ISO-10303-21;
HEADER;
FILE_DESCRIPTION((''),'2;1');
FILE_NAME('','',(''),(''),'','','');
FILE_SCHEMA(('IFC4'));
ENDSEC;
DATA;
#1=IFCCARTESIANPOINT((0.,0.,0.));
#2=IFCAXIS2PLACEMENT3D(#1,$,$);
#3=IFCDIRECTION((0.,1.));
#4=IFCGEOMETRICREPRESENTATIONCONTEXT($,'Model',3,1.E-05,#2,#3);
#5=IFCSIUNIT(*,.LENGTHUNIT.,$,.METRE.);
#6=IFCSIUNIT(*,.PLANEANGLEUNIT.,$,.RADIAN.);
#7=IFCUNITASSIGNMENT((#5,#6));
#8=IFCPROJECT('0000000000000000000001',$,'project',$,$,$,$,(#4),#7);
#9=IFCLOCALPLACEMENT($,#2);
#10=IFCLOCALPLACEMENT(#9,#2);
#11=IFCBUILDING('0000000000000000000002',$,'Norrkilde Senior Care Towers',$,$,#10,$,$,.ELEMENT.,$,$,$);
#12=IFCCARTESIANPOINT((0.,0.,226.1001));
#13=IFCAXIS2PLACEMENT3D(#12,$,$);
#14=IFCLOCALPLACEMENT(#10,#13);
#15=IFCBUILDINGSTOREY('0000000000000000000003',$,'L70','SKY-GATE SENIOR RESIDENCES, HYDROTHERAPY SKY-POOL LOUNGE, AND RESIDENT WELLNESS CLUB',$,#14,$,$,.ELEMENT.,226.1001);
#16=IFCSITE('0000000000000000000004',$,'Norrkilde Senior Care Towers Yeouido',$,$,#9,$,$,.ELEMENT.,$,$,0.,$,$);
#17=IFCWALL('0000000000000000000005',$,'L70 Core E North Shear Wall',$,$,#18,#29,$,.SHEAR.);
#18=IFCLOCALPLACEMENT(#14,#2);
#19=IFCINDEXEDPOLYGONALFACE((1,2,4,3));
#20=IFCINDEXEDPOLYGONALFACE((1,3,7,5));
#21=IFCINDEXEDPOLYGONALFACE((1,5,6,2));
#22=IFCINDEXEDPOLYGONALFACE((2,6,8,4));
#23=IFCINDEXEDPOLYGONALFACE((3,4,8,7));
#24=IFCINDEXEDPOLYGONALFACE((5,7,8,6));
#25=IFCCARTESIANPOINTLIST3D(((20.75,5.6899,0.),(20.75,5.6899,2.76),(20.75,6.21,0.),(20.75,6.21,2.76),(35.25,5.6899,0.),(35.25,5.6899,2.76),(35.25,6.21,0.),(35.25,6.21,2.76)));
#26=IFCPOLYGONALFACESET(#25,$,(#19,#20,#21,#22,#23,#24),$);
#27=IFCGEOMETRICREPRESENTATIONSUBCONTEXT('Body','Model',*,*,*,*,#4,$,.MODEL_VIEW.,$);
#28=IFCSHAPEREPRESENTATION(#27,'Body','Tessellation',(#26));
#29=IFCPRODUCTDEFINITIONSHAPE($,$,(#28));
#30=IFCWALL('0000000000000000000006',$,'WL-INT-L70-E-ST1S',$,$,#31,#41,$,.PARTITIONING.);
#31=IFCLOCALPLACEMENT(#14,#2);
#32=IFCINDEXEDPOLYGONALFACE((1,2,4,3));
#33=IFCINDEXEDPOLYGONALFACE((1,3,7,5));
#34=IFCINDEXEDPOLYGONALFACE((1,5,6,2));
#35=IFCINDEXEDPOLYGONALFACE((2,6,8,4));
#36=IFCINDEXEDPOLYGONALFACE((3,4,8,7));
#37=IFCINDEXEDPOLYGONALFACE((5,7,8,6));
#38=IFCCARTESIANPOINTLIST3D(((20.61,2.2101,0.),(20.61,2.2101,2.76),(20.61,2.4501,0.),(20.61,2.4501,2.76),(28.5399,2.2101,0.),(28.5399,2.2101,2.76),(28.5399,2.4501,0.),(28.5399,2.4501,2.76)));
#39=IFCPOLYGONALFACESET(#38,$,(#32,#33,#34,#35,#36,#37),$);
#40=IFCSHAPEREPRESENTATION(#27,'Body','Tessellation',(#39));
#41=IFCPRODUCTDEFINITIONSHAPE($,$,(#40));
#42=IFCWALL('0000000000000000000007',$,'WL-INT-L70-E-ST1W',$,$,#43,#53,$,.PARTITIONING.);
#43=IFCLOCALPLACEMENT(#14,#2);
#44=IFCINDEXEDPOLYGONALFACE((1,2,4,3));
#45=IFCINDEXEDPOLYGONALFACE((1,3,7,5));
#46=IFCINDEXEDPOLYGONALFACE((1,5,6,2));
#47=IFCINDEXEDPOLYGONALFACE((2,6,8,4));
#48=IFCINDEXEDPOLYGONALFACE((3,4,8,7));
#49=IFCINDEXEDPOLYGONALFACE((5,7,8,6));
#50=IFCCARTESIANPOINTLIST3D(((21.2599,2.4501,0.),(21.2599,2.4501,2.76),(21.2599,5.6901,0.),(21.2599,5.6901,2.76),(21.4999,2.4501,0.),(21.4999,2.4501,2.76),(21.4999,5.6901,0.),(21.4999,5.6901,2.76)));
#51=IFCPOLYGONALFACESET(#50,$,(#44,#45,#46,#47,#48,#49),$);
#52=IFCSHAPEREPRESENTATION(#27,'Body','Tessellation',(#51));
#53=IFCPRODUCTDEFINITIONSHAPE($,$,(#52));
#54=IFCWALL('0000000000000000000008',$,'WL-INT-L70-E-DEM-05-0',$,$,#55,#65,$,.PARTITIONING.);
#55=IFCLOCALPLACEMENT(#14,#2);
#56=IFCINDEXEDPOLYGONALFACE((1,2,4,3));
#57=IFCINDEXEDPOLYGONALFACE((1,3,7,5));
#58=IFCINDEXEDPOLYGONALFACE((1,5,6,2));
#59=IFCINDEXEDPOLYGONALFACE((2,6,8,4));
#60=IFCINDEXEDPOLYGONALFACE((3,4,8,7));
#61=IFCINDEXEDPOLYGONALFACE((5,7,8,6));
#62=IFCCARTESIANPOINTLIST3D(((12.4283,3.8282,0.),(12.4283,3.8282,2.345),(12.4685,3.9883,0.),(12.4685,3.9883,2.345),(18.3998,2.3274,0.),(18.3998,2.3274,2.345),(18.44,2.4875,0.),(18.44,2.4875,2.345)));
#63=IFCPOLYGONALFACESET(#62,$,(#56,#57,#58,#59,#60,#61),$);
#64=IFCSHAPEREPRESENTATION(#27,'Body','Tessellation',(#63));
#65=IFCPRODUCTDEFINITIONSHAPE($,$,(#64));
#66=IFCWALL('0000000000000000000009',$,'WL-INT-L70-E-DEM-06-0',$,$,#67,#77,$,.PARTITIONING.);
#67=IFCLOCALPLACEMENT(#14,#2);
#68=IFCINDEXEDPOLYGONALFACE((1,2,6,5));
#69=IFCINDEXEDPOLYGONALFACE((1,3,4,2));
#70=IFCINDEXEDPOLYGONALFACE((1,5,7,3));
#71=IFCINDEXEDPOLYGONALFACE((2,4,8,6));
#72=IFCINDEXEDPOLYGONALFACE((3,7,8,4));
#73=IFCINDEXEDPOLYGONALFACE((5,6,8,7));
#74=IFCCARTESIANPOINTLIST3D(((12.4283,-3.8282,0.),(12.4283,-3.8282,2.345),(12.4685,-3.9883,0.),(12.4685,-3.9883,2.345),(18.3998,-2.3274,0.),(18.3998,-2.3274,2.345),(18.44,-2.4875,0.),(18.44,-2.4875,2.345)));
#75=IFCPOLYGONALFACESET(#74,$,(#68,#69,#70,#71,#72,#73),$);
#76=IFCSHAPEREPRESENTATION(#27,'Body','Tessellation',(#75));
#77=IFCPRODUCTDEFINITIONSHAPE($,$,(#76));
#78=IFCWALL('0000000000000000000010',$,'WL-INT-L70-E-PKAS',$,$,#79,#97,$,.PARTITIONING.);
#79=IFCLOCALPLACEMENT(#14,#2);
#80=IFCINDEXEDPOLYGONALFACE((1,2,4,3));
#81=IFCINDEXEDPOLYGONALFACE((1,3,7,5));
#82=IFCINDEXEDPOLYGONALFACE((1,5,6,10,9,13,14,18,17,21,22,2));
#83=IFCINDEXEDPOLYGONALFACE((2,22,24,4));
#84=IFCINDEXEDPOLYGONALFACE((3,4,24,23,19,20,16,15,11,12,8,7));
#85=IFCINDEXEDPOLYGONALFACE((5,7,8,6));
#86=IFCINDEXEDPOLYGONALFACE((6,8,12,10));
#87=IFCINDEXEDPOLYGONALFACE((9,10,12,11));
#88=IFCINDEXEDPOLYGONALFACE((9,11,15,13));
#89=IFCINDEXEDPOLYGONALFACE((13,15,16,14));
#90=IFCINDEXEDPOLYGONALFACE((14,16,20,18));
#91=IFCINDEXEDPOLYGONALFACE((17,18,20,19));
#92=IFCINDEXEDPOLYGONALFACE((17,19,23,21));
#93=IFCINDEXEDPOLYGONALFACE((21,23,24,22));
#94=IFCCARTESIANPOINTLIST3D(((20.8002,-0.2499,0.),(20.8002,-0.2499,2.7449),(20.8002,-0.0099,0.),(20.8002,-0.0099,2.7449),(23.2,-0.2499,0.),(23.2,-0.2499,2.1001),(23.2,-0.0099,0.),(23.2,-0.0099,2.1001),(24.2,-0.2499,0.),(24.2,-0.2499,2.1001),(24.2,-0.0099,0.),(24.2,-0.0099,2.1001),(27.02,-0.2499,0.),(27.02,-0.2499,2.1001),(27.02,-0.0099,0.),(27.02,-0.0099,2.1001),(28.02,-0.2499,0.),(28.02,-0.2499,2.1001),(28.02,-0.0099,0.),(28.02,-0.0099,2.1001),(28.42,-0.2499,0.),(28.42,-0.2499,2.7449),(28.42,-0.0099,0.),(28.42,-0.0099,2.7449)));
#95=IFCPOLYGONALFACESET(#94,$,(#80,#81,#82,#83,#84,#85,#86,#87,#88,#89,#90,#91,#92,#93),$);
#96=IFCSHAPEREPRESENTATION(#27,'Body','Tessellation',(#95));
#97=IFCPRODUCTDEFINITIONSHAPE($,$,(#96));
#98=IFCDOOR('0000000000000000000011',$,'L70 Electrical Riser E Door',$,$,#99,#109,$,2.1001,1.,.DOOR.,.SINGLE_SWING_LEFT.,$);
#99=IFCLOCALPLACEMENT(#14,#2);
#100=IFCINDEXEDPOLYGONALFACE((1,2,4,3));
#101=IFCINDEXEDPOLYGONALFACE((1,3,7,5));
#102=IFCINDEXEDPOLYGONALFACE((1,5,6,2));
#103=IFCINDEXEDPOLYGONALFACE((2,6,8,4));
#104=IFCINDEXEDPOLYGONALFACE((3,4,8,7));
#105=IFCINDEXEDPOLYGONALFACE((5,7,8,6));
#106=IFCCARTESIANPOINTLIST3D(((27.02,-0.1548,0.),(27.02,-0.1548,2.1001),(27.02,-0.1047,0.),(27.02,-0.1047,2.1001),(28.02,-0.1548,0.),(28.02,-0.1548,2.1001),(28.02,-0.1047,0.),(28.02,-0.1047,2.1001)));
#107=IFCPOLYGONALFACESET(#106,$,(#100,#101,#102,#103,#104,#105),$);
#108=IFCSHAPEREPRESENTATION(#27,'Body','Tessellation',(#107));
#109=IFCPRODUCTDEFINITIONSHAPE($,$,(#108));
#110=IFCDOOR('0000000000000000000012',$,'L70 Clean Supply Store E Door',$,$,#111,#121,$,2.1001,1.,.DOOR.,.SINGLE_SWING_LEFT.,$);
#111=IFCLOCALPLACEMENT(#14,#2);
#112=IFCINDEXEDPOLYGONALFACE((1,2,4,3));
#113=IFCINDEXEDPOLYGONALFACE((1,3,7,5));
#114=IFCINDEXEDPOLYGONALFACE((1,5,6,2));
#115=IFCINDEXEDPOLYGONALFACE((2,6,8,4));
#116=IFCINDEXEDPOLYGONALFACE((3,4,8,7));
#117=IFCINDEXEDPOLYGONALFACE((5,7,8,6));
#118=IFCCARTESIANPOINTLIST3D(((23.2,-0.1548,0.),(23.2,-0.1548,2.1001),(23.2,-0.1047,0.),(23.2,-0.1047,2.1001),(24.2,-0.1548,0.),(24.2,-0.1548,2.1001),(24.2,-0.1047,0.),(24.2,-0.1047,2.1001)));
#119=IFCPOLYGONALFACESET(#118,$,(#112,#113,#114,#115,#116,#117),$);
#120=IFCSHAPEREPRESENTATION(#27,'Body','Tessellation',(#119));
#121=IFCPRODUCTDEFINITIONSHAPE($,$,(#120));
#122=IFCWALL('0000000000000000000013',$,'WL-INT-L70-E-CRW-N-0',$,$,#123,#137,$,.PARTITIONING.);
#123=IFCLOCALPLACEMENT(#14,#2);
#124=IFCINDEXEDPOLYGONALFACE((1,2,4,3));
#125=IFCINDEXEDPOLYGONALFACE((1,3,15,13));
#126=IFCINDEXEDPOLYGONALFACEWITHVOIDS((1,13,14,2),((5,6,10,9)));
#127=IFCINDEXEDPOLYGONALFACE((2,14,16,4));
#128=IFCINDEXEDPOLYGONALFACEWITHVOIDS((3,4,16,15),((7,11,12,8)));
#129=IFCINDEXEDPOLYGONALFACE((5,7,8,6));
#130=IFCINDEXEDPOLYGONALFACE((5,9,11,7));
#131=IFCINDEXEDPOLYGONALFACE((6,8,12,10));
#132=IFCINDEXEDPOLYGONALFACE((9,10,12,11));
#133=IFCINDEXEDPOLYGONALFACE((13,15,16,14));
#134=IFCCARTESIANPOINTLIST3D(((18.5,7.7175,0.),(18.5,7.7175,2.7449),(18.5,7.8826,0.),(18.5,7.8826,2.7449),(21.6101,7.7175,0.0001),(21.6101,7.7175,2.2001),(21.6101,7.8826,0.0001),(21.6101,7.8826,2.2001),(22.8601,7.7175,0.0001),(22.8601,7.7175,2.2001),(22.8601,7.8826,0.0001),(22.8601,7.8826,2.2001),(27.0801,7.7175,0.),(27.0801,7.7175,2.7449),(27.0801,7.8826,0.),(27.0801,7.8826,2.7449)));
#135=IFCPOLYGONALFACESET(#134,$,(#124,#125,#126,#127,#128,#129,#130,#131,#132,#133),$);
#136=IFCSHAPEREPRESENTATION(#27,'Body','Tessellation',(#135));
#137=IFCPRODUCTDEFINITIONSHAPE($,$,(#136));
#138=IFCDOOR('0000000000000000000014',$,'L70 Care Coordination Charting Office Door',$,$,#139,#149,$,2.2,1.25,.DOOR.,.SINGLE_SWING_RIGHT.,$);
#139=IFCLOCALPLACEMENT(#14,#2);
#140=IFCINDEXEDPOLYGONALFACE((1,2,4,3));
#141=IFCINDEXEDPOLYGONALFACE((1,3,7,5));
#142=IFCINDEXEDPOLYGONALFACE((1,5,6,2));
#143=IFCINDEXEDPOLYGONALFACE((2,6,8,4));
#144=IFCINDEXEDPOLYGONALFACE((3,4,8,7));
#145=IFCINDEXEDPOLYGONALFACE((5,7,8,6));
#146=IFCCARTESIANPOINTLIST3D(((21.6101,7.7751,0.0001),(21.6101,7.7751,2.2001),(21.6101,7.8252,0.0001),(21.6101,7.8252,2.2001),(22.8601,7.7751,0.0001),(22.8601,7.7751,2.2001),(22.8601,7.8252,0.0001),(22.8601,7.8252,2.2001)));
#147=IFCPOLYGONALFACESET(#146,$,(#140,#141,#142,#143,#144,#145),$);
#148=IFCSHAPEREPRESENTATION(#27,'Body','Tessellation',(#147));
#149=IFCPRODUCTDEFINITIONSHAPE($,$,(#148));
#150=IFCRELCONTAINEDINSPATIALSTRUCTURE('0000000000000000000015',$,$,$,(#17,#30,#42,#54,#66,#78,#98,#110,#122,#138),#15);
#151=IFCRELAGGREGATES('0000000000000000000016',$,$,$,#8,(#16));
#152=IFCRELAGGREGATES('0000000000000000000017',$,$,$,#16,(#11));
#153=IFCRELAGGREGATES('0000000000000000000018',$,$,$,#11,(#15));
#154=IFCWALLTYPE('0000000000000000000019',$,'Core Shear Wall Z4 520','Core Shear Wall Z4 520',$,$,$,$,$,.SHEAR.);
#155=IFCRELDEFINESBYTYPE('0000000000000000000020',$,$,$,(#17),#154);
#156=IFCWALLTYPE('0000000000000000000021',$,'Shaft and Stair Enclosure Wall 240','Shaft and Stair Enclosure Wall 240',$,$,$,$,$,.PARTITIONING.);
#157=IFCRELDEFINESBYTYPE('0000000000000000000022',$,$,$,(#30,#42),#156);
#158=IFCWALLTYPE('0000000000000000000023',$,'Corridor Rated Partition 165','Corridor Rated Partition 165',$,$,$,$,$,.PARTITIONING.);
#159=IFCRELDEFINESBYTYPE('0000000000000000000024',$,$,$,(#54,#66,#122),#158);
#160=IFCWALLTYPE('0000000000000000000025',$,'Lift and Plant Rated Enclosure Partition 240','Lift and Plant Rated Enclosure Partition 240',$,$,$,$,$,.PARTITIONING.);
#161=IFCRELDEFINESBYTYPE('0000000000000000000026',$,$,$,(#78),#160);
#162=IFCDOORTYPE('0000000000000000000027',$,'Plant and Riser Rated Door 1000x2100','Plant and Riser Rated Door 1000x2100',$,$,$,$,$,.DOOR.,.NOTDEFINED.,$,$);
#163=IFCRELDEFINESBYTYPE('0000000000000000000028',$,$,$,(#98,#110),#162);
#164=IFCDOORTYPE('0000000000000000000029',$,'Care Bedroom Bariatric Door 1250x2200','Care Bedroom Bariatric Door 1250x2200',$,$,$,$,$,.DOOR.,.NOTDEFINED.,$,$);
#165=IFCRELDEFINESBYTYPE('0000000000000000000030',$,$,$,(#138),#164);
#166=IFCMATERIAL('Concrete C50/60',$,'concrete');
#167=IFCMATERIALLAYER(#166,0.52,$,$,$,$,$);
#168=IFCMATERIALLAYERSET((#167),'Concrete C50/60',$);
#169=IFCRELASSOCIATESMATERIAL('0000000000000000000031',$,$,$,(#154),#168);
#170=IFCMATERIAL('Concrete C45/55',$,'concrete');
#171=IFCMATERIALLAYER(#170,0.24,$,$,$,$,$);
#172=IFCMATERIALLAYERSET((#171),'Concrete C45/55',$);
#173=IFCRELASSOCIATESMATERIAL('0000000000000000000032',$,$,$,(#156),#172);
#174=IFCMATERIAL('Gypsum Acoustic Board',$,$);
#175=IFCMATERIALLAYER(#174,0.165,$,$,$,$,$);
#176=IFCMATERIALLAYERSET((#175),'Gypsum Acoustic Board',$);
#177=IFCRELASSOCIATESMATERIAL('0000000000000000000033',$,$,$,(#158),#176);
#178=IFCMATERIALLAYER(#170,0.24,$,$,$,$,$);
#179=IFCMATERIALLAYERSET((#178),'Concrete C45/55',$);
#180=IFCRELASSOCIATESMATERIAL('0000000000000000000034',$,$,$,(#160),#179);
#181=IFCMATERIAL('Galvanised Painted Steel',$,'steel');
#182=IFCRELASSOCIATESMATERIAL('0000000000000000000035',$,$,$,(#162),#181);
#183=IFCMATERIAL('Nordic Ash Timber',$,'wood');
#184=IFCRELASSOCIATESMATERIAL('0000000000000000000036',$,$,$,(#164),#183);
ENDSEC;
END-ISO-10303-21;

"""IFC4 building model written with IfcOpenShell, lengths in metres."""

from ifc_helpers import new_model, si_unit, direction, frame, frame_2d, origin, place, context, subcontext, project, spatial, rectangle, extrude, source, transform, mapped, material, layer, layer_set, type_object, type_shapes, element, fill, save


model = new_model("IFC4")

# Units and contexts
model_context = context("Model", 3, precision=1e-05, world=origin(), true_north=direction((0.0, 1.0)))
body_context = subcontext(model_context, "Body", "Model", "MODEL_VIEW")
ifc_project = project(units=[si_unit("LENGTHUNIT", "METRE"), si_unit("PLANEANGLEUNIT", "RADIAN")], contexts=[model_context])

# Site, building, storey
site_placement = place(None, origin())
site = spatial("IfcSite", under=ifc_project, at=site_placement, Name="Norrkilde Senior Care Towers Yeouido", CompositionType="ELEMENT", RefElevation=0.0)
building_placement = place(site_placement, origin())
building = spatial("IfcBuilding", under=site, at=building_placement, Name="Norrkilde Senior Care Towers", CompositionType="ELEMENT")
storey_placement = place(building_placement, frame((0.0, 0.0, 226.1001)))
storey = spatial("IfcBuildingStorey", under=building, at=storey_placement, Name="L70", Description="SKY-GATE SENIOR RESIDENCES, HYDROTHERAPY SKY-POOL LOUNGE, AND RESIDENT WELLNESS CLUB", CompositionType="ELEMENT", Elevation=226.1001)

# Shared definitions
ifc_material_1 = material(Name="Concrete C50/60", Category="concrete")

# Walls
ifc_layer_1 = layer(ifc_material_1, 0.52)
ifc_layer_set_1 = layer_set([ifc_layer_1], Name="Concrete C50/60")
wall_type_1 = type_object("IfcWallType", Name="Core Shear Wall Z4 520", Description="Core Shear Wall Z4 520", PredefinedType="SHEAR", material=ifc_layer_set_1)
shared_shape_1 = source(origin(), body_context, "Body", "SweptSolid", [
    extrude(rectangle(XDim=14.5, YDim=0.52, at=frame_2d((7.25, 0.0))), origin(), (0.0, 0.0, 1.0), 2.76),
])
type_shapes(wall_type_1, [shared_shape_1])
wall_1_placement = place(storey_placement, frame((20.75, 5.95, 0.0), z_axis=(0.0, 0.0, 1.0), x_axis=(1.0, 0.0, 0.0)))
element("IfcWall", 1, at=wall_1_placement, inside=storey, type_object=wall_type_1, Name="L70 Core E North Shear Wall", PredefinedType="SHEAR", context=body_context, shape_type="MappedRepresentation", body=[
    mapped(shared_shape_1, transform((0.0, 0.0, 0.0), x_axis=(1.0, 0.0, 0.0), y_axis=(0.0, 1.0, 0.0), z_axis=(0.0, 0.0, 1.0), scale=1.0)),
])
ifc_material_2 = material(Name="Concrete C45/55", Category="concrete")
ifc_layer_2 = layer(ifc_material_2, 0.24)
ifc_layer_set_2 = layer_set([ifc_layer_2], Name="Concrete C45/55")
wall_type_2 = type_object("IfcWallType", Name="Shaft and Stair Enclosure Wall 240", Description="Shaft and Stair Enclosure Wall 240", PredefinedType="PARTITIONING", material=ifc_layer_set_2)
shared_shape_2 = source(origin(), body_context, "Body", "SweptSolid", [
    extrude(rectangle(XDim=7.9299, YDim=0.24, at=frame_2d((3.9648, 0.0))), origin(), (0.0, 0.0, 1.0), 2.76),
])
wall_2_placement = place(storey_placement, frame((20.6101, 2.3301, 0.0), z_axis=(0.0, 0.0, 1.0), x_axis=(1.0, 0.0, 0.0)))
element("IfcWall", 2, at=wall_2_placement, inside=storey, type_object=wall_type_2, Name="WL-INT-L70-E-ST1S", PredefinedType="PARTITIONING", context=body_context, shape_type="MappedRepresentation", body=[
    mapped(shared_shape_2, transform((0.0, 0.0, 0.0), x_axis=(1.0, 0.0, 0.0), y_axis=(0.0, 1.0, 0.0), z_axis=(0.0, 0.0, 1.0), scale=1.0)),
])

# Shared definitions
ifc_material_3 = material(Name="Galvanised Painted Steel", Category="steel")

# Walls
shared_shape_3 = source(origin(), body_context, "Body", "SweptSolid", [
    extrude(rectangle(XDim=3.24, YDim=0.24, at=frame_2d((1.6201, 0.0))), origin(), (0.0, 0.0, 1.0), 2.76),
])
type_shapes(wall_type_2, [shared_shape_2, shared_shape_3])
wall_3_placement = place(storey_placement, frame((21.3799, 2.45, 0.0), z_axis=(0.0, 0.0, 1.0), x_axis=(0.0, 1.0, 0.0)))
element("IfcWall", 3, at=wall_3_placement, inside=storey, type_object=wall_type_2, Name="WL-INT-L70-E-ST1W", PredefinedType="PARTITIONING", context=body_context, shape_type="MappedRepresentation", body=[
    mapped(shared_shape_3, transform((0.0, 0.0, 0.0), x_axis=(1.0, 0.0, 0.0), y_axis=(0.0, 1.0, 0.0), z_axis=(0.0, 0.0, 1.0), scale=1.0)),
])
ifc_material_4 = material(Name="Gypsum Acoustic Board")
ifc_layer_3 = layer(ifc_material_4, 0.165)
ifc_layer_set_3 = layer_set([ifc_layer_3], Name="Gypsum Acoustic Board")
wall_type_3 = type_object("IfcWallType", Name="Corridor Rated Partition 165", Description="Corridor Rated Partition 165", PredefinedType="PARTITIONING", material=ifc_layer_set_3)
shared_shape_4 = source(origin(), body_context, "Body", "SweptSolid", [
    extrude(rectangle(XDim=6.1572, YDim=0.165, at=frame_2d((3.0786, 0.0))), origin(), (0.0, 0.0, 1.0), 2.345),
])
for number, where, z_axis, x_axis, name in (
    (4, (18.4199, 2.4075, 0.0), (0.0, 0.0, 1.0), (-0.969841, 0.243739, 0.0), "WL-INT-L70-E-DEM-05-0"),
    (5, (18.4199, -2.4075, 0.0), (0.0, 0.0, 1.0), (-0.969841, -0.243739, 0.0), "WL-INT-L70-E-DEM-06-0"),
):
    element("IfcWall", number, at=place(storey_placement, frame(where, z_axis=z_axis, x_axis=x_axis)), inside=storey, type_object=wall_type_3, Name=name, PredefinedType="PARTITIONING", context=body_context, shape_type="MappedRepresentation", body=[
        mapped(shared_shape_4, transform((0.0, 0.0, 0.0), x_axis=(1.0, 0.0, 0.0), y_axis=(0.0, 1.0, 0.0), z_axis=(0.0, 0.0, 1.0), scale=1.0)),
    ])

# Wall, openings, doors
ifc_layer_4 = layer(ifc_material_2, 0.24)
ifc_layer_set_4 = layer_set([ifc_layer_4], Name="Concrete C45/55")
wall_type_4 = type_object("IfcWallType", Name="Lift and Plant Rated Enclosure Partition 240", Description="Lift and Plant Rated Enclosure Partition 240", PredefinedType="PARTITIONING", material=ifc_layer_set_4)
shared_shape_5 = source(origin(), body_context, "Body", "SweptSolid", [
    extrude(rectangle(XDim=7.6199, YDim=0.24, at=frame_2d((3.8101, 0.0))), origin(), (0.0, 0.0, 1.0), 2.7449),
])
type_shapes(wall_type_4, [shared_shape_5])
wall_4_placement = place(storey_placement, frame((20.8, -0.1299, 0.0), z_axis=(0.0, 0.0, 1.0), x_axis=(1.0, 0.0, 0.0)))
wall_4 = element("IfcWall", 6, at=wall_4_placement, inside=storey, type_object=wall_type_4, Name="WL-INT-L70-E-PKAS", PredefinedType="PARTITIONING", context=body_context, shape_type="MappedRepresentation", body=[
    mapped(shared_shape_5, transform((0.0, 0.0, 0.0), x_axis=(1.0, 0.0, 0.0), y_axis=(0.0, 1.0, 0.0), z_axis=(0.0, 0.0, 1.0), scale=1.0)),
])
opening_1_placement = place(wall_4_placement, frame((6.22, 0.0, 0.0)))
opening_1 = element("IfcOpeningElement", 7, at=opening_1_placement, cuts=wall_4, PredefinedType="OPENING", context=body_context, shape_type="SweptSolid", body=[
    extrude(rectangle(XDim=1.0, YDim=2.1001, at=frame_2d((0.5, 1.05))), frame((0.0, 0.1299, 0.0), z_axis=(0.0, -1.0, 0.0), x_axis=(1.0, 0.0, 0.0)), (0.0, 0.0, 1.0), 0.26),
])
opening_2_placement = place(wall_4_placement, frame((2.3999, 0.0, 0.0)))
opening_2 = element("IfcOpeningElement", 8, at=opening_2_placement, cuts=wall_4, PredefinedType="OPENING", context=body_context, shape_type="SweptSolid", body=[
    extrude(rectangle(XDim=1.0, YDim=2.1001, at=frame_2d((0.5, 1.05))), frame((0.0, 0.1299, 0.0), z_axis=(0.0, -1.0, 0.0), x_axis=(1.0, 0.0, 0.0)), (0.0, 0.0, 1.0), 0.26),
])
door_type_1 = type_object("IfcDoorType", Name="Plant and Riser Rated Door 1000x2100", Description="Plant and Riser Rated Door 1000x2100", OperationType="NOTDEFINED", PredefinedType="DOOR", material=ifc_material_3)
shared_shape_6 = source(origin(), body_context, "Body", "SweptSolid", [
    extrude(rectangle(XDim=1.0, YDim=2.1001, at=frame_2d((0.5, 1.05))), frame((0.0, 0.0249, 0.0), z_axis=(0.0, -1.0, 0.0), x_axis=(1.0, 0.0, 0.0)), (0.0, 0.0, 1.0), 0.05),
])
type_shapes(door_type_1, [shared_shape_6])
door_1_placement = place(opening_1_placement, frame((1.0, 0.0, 0.0), z_axis=(0.0, 0.0, 1.0), x_axis=(-1.0, 0.0, 0.0)))
door_1 = element("IfcDoor", 9, at=door_1_placement, inside=storey, type_object=door_type_1, Name="L70 Electrical Riser E Door", OperationType="SINGLE_SWING_LEFT", OverallHeight=2.1001, OverallWidth=1.0, PredefinedType="DOOR", context=body_context, shape_type="MappedRepresentation", body=[
    mapped(shared_shape_6, transform((0.0, 0.0, 0.0), x_axis=(1.0, 0.0, 0.0), y_axis=(0.0, 1.0, 0.0), z_axis=(0.0, 0.0, 1.0), scale=1.0)),
])
fill(opening_1, door_1)
door_2_placement = place(opening_2_placement, frame((1.0, 0.0, 0.0), z_axis=(0.0, 0.0, 1.0), x_axis=(-1.0, 0.0, 0.0)))
door_2 = element("IfcDoor", 10, at=door_2_placement, inside=storey, type_object=door_type_1, Name="L70 Clean Supply Store E Door", OperationType="SINGLE_SWING_LEFT", OverallHeight=2.1001, OverallWidth=1.0, PredefinedType="DOOR", context=body_context, shape_type="MappedRepresentation", body=[
    mapped(shared_shape_6, transform((0.0, 0.0, 0.0), x_axis=(1.0, 0.0, 0.0), y_axis=(0.0, 1.0, 0.0), z_axis=(0.0, 0.0, 1.0), scale=1.0)),
])
fill(opening_2, door_2)

# Wall, opening, door
shared_shape_7 = source(origin(), body_context, "Body", "SweptSolid", [
    extrude(rectangle(XDim=8.5801, YDim=0.165, at=frame_2d((4.29, 0.0))), origin(), (0.0, 0.0, 1.0), 2.7449),
])
wall_5_placement = place(storey_placement, frame((18.5, 7.8, 0.0), z_axis=(0.0, 0.0, 1.0), x_axis=(1.0, 0.0, 0.0)))
wall_5 = element("IfcWall", 11, at=wall_5_placement, inside=storey, type_object=wall_type_3, Name="WL-INT-L70-E-CRW-N-0", PredefinedType="PARTITIONING", context=body_context, shape_type="MappedRepresentation", body=[
    mapped(shared_shape_7, transform((0.0, 0.0, 0.0), x_axis=(1.0, 0.0, 0.0), y_axis=(0.0, 1.0, 0.0), z_axis=(0.0, 0.0, 1.0), scale=1.0)),
])
opening_3_placement = place(wall_5_placement, frame((3.1101, 0.0, 0.0)))
opening_3 = element("IfcOpeningElement", 12, at=opening_3_placement, cuts=wall_5, PredefinedType="OPENING", context=body_context, shape_type="SweptSolid", body=[
    extrude(rectangle(XDim=1.25, YDim=2.2, at=frame_2d((0.625, 1.1001))), frame((0.0, 0.0925, 0.0), z_axis=(0.0, -1.0, 0.0), x_axis=(1.0, 0.0, 0.0)), (0.0, 0.0, 1.0), 0.1851),
])
ifc_material_5 = material(Name="Nordic Ash Timber", Category="wood")
door_type_2 = type_object("IfcDoorType", Name="Care Bedroom Bariatric Door 1250x2200", Description="Care Bedroom Bariatric Door 1250x2200", OperationType="NOTDEFINED", PredefinedType="DOOR", material=ifc_material_5)
shared_shape_8 = source(origin(), body_context, "Body", "SweptSolid", [
    extrude(rectangle(XDim=1.25, YDim=2.2, at=frame_2d((0.625, 1.1001))), frame((0.0, 0.0249, 0.0), z_axis=(0.0, -1.0, 0.0), x_axis=(1.0, 0.0, 0.0)), (0.0, 0.0, 1.0), 0.05),
])
type_shapes(door_type_2, [shared_shape_8])
door_3_placement = place(opening_3_placement, frame((1.25, 0.0, 0.0), z_axis=(0.0, 0.0, 1.0), x_axis=(-1.0, 0.0, 0.0)))
door_3 = element("IfcDoor", 13, at=door_3_placement, inside=storey, type_object=door_type_2, Name="L70 Care Coordination Charting Office Door", OperationType="SINGLE_SWING_RIGHT", OverallHeight=2.2, OverallWidth=1.25, PredefinedType="DOOR", context=body_context, shape_type="MappedRepresentation", body=[
    mapped(shared_shape_8, transform((0.0, 0.0, 0.0), x_axis=(1.0, 0.0, 0.0), y_axis=(0.0, 1.0, 0.0), z_axis=(0.0, 0.0, 1.0), scale=1.0)),
])
fill(opening_3, door_3)

save(model, "model.ifc")
